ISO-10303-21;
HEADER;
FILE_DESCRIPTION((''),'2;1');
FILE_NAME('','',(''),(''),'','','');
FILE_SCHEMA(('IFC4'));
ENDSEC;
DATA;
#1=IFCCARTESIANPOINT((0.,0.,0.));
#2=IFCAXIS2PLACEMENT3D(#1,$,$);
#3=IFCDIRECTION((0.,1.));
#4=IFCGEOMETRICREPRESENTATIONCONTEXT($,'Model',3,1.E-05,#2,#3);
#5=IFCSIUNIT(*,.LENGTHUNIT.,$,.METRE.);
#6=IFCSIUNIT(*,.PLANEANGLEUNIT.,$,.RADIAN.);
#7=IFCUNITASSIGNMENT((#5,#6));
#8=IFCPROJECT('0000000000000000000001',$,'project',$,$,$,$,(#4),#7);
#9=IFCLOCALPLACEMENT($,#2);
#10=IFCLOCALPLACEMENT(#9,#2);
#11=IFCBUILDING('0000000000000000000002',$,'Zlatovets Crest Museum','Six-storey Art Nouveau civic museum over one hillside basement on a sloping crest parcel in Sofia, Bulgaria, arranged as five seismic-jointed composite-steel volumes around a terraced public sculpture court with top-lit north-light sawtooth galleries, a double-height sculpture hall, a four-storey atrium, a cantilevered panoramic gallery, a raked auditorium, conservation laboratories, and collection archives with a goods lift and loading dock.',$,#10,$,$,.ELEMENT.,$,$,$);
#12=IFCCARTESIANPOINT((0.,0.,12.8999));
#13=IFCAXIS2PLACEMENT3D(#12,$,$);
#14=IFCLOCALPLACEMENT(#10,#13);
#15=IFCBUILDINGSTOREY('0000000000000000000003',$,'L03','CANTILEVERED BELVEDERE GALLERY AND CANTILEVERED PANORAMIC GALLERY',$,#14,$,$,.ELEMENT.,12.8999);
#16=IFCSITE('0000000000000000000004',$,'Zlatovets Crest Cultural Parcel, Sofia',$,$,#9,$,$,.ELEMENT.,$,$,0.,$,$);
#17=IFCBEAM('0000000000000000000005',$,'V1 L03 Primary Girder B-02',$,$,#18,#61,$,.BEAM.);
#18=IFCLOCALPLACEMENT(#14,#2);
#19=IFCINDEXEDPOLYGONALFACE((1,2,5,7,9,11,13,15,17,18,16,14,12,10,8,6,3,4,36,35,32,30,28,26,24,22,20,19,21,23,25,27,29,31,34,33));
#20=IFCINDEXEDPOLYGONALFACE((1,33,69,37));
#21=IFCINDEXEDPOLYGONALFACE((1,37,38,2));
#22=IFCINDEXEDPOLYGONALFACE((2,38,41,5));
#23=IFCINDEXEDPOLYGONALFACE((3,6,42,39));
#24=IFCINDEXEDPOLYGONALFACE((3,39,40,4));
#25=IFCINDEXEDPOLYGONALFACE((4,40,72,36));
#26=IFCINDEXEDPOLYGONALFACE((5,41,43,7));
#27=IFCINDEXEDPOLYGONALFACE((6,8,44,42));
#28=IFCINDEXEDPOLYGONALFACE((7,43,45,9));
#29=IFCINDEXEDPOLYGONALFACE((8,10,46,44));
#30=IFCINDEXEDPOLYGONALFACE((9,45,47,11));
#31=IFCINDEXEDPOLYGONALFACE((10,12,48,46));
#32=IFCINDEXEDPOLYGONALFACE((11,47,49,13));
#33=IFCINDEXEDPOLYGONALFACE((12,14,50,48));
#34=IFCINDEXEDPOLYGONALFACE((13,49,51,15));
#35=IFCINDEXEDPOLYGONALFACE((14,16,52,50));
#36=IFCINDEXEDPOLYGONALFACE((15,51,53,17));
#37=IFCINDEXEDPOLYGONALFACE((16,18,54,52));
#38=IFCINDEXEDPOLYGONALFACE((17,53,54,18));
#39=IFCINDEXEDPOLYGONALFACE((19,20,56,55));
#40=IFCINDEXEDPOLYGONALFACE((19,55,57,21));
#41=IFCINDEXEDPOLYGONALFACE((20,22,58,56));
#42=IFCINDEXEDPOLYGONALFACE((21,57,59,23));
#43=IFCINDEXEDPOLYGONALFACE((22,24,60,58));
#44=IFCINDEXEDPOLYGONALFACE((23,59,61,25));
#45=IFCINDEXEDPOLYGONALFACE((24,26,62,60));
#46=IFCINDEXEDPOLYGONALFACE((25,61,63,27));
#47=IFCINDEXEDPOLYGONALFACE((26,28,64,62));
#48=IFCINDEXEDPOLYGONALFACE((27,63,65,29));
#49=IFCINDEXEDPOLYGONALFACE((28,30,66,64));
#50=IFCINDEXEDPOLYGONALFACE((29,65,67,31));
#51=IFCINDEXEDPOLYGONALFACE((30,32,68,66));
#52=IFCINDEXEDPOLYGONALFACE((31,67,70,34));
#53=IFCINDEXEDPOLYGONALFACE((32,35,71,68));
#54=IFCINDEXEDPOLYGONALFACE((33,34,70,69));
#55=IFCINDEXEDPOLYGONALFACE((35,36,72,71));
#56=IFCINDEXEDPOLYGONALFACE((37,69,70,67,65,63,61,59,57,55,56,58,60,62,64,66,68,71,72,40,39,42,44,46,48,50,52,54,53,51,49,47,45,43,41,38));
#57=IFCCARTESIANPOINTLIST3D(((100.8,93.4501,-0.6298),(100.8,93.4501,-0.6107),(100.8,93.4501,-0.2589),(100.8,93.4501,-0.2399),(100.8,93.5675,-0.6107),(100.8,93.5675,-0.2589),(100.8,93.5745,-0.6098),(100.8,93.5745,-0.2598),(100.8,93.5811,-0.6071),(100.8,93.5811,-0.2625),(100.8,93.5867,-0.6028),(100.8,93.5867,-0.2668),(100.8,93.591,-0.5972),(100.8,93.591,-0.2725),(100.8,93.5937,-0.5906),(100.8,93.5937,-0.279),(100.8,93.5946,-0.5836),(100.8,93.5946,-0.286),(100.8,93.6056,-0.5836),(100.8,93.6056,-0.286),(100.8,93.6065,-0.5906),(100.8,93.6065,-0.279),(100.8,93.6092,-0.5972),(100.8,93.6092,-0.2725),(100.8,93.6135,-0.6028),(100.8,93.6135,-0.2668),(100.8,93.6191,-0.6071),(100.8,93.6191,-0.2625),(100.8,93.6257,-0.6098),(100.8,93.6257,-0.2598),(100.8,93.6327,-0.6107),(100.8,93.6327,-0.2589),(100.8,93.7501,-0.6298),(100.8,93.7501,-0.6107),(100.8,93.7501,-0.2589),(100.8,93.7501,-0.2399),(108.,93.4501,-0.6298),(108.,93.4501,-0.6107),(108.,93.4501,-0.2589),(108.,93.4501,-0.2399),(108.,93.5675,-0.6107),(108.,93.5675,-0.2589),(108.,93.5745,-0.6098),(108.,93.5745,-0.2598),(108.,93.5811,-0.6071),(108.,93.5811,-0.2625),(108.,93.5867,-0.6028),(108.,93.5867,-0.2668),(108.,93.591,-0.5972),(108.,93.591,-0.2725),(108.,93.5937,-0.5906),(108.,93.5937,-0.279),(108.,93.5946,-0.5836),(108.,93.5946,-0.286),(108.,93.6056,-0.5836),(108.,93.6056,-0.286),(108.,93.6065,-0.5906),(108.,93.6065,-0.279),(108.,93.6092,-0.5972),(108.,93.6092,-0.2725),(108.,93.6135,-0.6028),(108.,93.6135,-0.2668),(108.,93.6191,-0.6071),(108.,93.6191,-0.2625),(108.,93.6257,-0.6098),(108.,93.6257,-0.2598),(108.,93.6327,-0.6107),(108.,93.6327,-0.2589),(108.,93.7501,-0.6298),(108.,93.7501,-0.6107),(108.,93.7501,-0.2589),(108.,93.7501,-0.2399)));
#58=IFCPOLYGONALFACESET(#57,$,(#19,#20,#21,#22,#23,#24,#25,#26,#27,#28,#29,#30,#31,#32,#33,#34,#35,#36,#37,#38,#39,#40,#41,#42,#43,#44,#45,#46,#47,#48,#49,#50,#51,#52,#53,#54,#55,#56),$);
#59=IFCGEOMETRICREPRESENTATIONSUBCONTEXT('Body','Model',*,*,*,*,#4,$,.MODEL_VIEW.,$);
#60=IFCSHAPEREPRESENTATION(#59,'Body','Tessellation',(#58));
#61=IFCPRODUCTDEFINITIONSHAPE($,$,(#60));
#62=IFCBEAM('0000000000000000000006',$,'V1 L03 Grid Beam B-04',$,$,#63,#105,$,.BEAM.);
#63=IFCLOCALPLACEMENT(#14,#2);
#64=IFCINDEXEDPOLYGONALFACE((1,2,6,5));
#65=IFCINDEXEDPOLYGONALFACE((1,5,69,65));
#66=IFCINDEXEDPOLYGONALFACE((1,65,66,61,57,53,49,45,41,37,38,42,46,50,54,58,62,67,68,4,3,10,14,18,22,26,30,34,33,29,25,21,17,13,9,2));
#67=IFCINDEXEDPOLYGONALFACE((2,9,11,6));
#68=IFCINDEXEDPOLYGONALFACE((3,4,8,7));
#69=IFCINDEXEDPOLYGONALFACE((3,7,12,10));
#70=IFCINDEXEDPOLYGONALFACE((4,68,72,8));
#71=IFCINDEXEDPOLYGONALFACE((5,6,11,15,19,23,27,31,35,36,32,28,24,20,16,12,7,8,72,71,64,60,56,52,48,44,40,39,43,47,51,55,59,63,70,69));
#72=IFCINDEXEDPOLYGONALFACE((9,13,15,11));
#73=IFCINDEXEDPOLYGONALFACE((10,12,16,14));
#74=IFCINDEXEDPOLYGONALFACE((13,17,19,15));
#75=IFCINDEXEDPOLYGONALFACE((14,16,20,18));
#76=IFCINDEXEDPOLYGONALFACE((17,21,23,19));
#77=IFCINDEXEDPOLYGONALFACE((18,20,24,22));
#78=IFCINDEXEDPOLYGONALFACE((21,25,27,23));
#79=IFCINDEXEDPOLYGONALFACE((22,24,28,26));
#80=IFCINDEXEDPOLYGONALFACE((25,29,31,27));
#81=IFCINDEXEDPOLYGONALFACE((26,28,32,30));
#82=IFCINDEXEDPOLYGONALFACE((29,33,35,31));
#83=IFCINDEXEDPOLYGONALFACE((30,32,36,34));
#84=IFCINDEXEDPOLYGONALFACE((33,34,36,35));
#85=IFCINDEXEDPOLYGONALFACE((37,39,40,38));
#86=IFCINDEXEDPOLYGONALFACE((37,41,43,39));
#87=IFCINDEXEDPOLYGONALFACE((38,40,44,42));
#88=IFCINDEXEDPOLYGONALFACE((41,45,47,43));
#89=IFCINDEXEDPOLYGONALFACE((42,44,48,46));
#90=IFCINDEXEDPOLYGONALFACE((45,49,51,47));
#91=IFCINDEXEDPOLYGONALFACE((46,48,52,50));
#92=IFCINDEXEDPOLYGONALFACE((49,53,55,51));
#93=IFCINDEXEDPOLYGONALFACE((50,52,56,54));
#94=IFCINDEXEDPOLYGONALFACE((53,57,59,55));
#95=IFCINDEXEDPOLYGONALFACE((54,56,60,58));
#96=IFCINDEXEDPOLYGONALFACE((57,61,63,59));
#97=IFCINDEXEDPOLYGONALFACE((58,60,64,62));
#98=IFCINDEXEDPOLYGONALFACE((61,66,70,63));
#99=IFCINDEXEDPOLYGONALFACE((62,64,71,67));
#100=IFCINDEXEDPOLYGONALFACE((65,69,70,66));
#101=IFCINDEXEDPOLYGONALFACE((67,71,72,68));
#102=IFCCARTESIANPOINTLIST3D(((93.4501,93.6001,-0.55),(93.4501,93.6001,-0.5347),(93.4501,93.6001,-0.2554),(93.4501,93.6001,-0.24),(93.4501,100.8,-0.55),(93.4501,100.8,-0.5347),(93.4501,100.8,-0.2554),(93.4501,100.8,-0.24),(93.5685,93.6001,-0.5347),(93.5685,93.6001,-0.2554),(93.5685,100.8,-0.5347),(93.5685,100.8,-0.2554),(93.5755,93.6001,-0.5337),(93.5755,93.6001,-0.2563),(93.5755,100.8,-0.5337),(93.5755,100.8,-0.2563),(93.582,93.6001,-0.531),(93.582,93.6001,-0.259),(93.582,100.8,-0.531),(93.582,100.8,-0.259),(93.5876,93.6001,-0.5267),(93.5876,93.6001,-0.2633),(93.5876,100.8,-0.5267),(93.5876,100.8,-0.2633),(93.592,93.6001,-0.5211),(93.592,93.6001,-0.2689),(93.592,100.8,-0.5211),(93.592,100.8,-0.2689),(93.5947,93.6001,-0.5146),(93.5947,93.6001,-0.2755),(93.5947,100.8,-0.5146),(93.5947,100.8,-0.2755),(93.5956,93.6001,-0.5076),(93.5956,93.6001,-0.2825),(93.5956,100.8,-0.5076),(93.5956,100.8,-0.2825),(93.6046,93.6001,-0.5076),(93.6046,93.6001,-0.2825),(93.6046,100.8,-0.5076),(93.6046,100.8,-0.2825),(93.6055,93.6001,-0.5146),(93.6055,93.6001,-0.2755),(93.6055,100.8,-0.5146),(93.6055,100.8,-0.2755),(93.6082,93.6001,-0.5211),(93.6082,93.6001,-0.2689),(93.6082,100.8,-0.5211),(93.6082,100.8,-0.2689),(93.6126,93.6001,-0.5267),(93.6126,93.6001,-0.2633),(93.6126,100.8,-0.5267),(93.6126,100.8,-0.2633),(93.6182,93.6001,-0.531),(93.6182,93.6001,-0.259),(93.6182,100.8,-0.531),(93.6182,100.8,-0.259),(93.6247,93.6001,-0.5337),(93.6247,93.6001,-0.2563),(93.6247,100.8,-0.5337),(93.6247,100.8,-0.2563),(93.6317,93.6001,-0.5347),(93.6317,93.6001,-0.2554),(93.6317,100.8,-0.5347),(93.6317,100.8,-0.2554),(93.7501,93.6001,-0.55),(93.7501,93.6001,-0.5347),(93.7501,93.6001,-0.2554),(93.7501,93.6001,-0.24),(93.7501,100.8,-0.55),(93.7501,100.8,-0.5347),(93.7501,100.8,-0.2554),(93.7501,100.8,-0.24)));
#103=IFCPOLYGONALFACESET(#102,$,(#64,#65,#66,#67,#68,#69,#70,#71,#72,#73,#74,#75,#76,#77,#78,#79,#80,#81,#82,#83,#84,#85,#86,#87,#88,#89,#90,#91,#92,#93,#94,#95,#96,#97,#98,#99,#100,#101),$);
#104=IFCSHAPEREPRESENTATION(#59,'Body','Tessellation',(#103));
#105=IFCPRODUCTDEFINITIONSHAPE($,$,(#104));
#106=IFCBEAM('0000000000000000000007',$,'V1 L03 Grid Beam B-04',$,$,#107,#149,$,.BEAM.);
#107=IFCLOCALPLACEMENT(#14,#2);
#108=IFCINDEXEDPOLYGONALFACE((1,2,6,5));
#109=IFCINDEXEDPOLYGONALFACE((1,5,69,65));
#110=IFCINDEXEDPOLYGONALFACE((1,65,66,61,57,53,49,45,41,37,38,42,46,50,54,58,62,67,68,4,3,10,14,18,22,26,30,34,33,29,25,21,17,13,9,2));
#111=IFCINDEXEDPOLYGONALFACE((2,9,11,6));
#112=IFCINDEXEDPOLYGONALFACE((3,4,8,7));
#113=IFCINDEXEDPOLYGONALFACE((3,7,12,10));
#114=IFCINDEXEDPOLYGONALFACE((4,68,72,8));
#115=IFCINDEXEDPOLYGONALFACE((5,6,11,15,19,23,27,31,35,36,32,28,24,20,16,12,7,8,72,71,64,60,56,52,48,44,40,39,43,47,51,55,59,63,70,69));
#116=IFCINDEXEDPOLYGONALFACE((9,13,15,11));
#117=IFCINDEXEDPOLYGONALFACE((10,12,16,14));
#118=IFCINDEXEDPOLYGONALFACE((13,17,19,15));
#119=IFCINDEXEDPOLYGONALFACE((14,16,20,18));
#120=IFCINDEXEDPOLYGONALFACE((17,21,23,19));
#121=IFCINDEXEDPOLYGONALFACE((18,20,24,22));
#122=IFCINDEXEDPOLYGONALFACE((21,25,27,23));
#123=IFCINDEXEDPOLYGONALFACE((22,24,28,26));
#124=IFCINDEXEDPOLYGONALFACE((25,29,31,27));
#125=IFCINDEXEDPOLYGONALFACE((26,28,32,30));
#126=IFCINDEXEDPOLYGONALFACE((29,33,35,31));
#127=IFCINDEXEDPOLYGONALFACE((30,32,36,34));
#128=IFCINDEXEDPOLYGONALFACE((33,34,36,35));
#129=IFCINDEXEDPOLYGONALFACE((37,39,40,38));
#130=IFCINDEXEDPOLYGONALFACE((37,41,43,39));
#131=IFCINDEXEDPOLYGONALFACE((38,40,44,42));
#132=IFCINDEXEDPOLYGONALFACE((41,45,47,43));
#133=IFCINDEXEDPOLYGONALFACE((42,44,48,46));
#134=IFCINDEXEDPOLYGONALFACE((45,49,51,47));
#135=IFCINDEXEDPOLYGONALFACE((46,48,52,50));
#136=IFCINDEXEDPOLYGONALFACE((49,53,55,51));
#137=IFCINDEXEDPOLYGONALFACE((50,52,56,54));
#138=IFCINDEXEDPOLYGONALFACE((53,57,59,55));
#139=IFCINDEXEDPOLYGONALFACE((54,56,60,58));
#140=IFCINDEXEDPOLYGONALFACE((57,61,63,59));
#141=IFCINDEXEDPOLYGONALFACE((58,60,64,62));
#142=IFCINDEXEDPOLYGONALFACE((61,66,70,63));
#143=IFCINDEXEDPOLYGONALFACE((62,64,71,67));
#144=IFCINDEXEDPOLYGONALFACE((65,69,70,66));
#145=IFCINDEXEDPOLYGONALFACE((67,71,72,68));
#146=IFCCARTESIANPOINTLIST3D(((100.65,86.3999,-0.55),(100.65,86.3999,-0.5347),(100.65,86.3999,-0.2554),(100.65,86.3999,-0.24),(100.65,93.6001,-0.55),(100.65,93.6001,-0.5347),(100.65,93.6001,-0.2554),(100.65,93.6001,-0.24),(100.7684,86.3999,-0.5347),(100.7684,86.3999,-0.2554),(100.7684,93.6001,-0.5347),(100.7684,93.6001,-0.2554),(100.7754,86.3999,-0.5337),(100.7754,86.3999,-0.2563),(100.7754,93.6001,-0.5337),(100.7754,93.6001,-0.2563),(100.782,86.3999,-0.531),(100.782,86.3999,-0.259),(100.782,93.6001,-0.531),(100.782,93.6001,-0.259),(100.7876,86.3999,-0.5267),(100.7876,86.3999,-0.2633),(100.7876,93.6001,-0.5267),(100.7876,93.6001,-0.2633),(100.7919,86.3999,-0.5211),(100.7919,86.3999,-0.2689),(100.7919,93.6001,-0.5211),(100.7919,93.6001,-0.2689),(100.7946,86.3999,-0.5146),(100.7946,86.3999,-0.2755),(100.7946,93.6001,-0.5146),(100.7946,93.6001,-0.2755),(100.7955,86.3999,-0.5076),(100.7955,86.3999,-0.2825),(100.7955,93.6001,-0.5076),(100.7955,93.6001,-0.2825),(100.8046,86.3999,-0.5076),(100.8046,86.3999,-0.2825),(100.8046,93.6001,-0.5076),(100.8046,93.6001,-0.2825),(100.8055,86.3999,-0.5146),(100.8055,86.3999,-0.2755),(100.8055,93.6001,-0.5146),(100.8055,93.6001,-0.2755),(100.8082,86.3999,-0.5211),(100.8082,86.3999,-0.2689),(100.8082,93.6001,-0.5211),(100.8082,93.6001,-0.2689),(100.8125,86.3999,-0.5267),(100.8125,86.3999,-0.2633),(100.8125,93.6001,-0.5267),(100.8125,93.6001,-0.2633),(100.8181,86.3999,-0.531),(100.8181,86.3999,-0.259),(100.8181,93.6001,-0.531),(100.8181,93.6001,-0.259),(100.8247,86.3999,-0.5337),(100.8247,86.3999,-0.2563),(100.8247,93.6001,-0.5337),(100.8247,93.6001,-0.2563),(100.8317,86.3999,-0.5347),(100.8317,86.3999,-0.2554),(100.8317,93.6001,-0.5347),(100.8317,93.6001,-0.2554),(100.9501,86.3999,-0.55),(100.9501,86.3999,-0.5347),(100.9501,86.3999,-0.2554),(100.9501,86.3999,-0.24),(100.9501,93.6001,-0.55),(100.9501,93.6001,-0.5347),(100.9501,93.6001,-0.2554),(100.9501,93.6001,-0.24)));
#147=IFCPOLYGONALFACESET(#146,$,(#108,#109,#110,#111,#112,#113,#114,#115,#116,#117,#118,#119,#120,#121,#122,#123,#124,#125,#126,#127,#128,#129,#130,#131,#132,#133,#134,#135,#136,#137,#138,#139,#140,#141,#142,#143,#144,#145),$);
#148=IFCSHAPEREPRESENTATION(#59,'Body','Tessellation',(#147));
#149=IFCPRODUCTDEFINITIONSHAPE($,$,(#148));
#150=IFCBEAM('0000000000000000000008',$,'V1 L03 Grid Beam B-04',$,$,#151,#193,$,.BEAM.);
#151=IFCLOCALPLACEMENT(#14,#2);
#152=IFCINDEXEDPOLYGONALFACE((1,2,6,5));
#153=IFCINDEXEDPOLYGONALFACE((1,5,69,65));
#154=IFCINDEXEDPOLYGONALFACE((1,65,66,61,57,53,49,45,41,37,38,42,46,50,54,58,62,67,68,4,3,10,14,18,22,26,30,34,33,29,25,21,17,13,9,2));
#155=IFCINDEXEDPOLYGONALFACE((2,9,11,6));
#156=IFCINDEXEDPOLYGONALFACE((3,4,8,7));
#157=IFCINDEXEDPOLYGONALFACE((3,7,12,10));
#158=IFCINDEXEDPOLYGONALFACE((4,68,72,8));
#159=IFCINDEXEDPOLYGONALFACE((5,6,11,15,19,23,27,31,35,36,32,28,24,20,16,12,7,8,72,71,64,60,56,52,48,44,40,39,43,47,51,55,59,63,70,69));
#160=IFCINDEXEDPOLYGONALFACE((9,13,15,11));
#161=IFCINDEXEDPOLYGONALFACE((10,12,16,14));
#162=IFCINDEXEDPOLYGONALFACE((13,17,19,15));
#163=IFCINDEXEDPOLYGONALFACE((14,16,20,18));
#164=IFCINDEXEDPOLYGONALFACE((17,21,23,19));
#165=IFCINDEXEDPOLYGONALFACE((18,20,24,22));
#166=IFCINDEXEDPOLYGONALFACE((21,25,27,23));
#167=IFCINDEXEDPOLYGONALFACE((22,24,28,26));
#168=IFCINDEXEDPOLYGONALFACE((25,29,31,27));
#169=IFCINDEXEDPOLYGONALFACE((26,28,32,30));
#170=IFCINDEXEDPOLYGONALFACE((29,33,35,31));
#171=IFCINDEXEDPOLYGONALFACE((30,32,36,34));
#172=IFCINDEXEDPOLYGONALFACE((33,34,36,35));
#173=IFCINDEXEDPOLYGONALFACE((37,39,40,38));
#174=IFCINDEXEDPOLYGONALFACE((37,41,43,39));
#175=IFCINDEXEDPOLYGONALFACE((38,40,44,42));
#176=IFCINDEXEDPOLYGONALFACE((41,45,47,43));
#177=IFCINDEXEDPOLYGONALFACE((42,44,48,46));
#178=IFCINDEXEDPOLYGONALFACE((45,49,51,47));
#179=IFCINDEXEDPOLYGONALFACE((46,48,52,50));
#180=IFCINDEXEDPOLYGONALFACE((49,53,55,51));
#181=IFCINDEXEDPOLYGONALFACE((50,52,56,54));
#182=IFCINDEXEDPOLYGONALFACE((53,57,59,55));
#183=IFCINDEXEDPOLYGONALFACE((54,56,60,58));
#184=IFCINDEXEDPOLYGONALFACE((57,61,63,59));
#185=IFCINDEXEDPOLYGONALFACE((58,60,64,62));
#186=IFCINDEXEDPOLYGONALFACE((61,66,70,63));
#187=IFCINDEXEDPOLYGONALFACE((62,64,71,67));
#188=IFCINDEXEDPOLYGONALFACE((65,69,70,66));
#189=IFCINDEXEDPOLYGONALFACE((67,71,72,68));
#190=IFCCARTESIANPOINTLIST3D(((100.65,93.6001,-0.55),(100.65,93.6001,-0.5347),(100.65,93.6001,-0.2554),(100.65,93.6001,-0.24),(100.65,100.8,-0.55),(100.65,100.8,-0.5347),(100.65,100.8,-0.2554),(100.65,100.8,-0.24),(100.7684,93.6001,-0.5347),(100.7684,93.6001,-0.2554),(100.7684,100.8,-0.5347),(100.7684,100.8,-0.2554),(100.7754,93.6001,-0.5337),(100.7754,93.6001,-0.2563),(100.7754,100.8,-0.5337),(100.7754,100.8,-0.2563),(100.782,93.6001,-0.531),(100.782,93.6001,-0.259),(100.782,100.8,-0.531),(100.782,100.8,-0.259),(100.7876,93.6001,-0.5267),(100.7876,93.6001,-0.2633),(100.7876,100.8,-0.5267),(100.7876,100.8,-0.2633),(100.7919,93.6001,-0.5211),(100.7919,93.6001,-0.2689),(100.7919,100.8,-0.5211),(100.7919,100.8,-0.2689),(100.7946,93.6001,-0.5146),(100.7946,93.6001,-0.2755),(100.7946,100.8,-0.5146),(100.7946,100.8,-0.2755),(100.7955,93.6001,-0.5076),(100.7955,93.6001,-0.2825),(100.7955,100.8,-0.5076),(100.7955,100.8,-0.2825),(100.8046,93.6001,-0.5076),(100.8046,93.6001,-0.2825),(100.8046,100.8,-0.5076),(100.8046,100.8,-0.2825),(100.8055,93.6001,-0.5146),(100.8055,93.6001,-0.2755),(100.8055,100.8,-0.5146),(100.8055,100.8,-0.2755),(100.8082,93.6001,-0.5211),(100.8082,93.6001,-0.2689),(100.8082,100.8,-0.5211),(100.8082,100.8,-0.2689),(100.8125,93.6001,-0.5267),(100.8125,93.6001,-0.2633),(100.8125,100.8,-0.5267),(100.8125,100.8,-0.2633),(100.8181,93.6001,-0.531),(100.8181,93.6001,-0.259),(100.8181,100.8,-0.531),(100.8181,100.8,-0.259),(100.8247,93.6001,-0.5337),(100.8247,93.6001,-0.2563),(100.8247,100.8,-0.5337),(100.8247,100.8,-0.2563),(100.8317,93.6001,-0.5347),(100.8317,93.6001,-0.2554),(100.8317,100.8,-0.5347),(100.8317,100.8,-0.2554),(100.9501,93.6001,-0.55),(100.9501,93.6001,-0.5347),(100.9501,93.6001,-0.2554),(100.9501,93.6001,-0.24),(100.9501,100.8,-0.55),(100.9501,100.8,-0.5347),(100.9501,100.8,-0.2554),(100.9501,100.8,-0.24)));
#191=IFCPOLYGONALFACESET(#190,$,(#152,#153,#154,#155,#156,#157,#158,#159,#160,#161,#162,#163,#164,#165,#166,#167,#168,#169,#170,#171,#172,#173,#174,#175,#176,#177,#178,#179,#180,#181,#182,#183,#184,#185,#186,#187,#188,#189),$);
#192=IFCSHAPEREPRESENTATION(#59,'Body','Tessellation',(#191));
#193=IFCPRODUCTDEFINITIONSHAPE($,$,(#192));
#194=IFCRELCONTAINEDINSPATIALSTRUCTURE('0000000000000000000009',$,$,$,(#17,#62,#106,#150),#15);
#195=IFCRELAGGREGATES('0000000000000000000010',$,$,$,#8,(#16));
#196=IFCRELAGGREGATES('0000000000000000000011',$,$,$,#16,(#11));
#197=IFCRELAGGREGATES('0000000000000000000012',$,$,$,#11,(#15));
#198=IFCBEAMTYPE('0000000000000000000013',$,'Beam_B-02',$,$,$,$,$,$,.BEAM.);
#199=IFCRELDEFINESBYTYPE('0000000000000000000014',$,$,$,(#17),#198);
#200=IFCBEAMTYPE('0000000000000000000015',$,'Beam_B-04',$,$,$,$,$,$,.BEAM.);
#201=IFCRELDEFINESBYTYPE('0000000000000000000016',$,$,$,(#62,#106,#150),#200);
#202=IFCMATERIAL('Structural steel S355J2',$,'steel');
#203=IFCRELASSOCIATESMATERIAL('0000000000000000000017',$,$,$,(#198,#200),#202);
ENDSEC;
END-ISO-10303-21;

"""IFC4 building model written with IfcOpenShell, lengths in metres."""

from ifc_helpers import new_model, si_unit, direction, frame, origin, origin_2d, place, context, subcontext, project, spatial, i_section, extrude, material, material_profile, profile_set, type_object, element, save


model = new_model("IFC4")

# Units and contexts
model_context = context("Model", 3, precision=1e-05, world=origin(), true_north=direction((0.0, 1.0)))
body_context = subcontext(model_context, "Body", "Model", "MODEL_VIEW")
ifc_project = project(units=[si_unit("LENGTHUNIT", "METRE"), si_unit("PLANEANGLEUNIT", "RADIAN")], contexts=[model_context])

# Site, building, storey
site_placement = place(None, origin())
site = spatial("IfcSite", under=ifc_project, at=site_placement, Name="Zlatovets Crest Cultural Parcel, Sofia", CompositionType="ELEMENT", RefElevation=0.0)
building_placement = place(site_placement, origin())
building = spatial("IfcBuilding", under=site, at=building_placement, Name="Zlatovets Crest Museum", Description="Six-storey Art Nouveau civic museum over one hillside basement on a sloping crest parcel in Sofia, Bulgaria, arranged as five seismic-jointed composite-steel volumes around a terraced public sculpture court with top-lit north-light sawtooth galleries, a double-height sculpture hall, a four-storey atrium, a cantilevered panoramic gallery, a raked auditorium, conservation laboratories, and collection archives with a goods lift and loading dock.", CompositionType="ELEMENT")
storey_placement = place(building_placement, frame((0.0, 0.0, 12.8999)))
storey = spatial("IfcBuildingStorey", under=building, at=storey_placement, Name="L03", Description="CANTILEVERED BELVEDERE GALLERY AND CANTILEVERED PANORAMIC GALLERY", CompositionType="ELEMENT", Elevation=12.8999)

# Shared definitions
ifc_material_1 = material(Name="Structural steel S355J2", Category="steel")

# Beams
ifc_material_profile_1 = material_profile(ifc_material_1, i_section(OverallWidth=0.3, OverallDepth=0.3899, WebThickness=0.011, FlangeThickness=0.019, FilletRadius=0.0271, at=origin_2d()), Name="HEA 400")
ifc_profile_set_1 = profile_set([ifc_material_profile_1], Name="Structural steel S355J2")
beam_type_1 = type_object("IfcBeamType", Name="Beam_B-02", PredefinedType="BEAM", material=ifc_profile_set_1)
for number, where, z_axis, x_axis, name in (
    (1, (100.8, 93.6001, -0.4348), (1.0, 0.0, 0.0), (0.0, 1.0, 0.0), "V1 L03 Primary Girder B-02"),
):
    element("IfcBeam", number, at=place(storey_placement, frame(where, z_axis=z_axis, x_axis=x_axis)), inside=storey, type_object=beam_type_1, Name=name, PredefinedType="BEAM", context=body_context, shape_type="SweptSolid", body=[
        extrude(i_section(OverallWidth=0.3, OverallDepth=0.3899, WebThickness=0.011, FlangeThickness=0.019, FilletRadius=0.0271, at=origin_2d()), origin(), (0.0, 0.0, 1.0), 7.2),
    ])
ifc_material_profile_2 = material_profile(ifc_material_1, i_section(OverallWidth=0.3, OverallDepth=0.3101, WebThickness=0.009, FlangeThickness=0.0154, FilletRadius=0.0271, at=origin_2d()), Name="HEA 320")
ifc_profile_set_2 = profile_set([ifc_material_profile_2], Name="Structural steel S355J2")
beam_type_2 = type_object("IfcBeamType", Name="Beam_B-04", PredefinedType="BEAM", material=ifc_profile_set_2)
beam_1_placement = place(storey_placement, frame((93.6001, 93.6001, -0.395), z_axis=(0.0, 1.0, 0.0), x_axis=(-1.0, 0.0, 0.0)))
element("IfcBeam", 2, at=beam_1_placement, inside=storey, type_object=beam_type_2, Name="V1 L03 Grid Beam B-04", PredefinedType="BEAM", context=body_context, shape_type="SweptSolid", body=[
    extrude(i_section(OverallWidth=0.3, OverallDepth=0.3101, WebThickness=0.009, FlangeThickness=0.0154, FilletRadius=0.0271, at=origin_2d()), origin(), (0.0, 0.0, 1.0), 7.2),
])
beam_2_placement = place(storey_placement, frame((100.8, 86.3999, -0.395), z_axis=(0.0, 1.0, 0.0), x_axis=(-1.0, 0.0, 0.0)))
element("IfcBeam", 3, at=beam_2_placement, inside=storey, type_object=beam_type_2, Name="V1 L03 Grid Beam B-04", PredefinedType="BEAM", context=body_context, shape_type="SweptSolid", body=[
    extrude(i_section(OverallWidth=0.3, OverallDepth=0.3101, WebThickness=0.009, FlangeThickness=0.0154, FilletRadius=0.0271, at=origin_2d()), origin(), (0.0, 0.0, 1.0), 7.2002),
])
beam_3_placement = place(storey_placement, frame((100.8, 93.6001, -0.395), z_axis=(0.0, 1.0, 0.0), x_axis=(-1.0, 0.0, 0.0)))
element("IfcBeam", 4, at=beam_3_placement, inside=storey, type_object=beam_type_2, Name="V1 L03 Grid Beam B-04", PredefinedType="BEAM", context=body_context, shape_type="SweptSolid", body=[
    extrude(i_section(OverallWidth=0.3, OverallDepth=0.3101, WebThickness=0.009, FlangeThickness=0.0154, FilletRadius=0.0271, at=origin_2d()), origin(), (0.0, 0.0, 1.0), 7.2),
])

save(model, "model.ifc")
